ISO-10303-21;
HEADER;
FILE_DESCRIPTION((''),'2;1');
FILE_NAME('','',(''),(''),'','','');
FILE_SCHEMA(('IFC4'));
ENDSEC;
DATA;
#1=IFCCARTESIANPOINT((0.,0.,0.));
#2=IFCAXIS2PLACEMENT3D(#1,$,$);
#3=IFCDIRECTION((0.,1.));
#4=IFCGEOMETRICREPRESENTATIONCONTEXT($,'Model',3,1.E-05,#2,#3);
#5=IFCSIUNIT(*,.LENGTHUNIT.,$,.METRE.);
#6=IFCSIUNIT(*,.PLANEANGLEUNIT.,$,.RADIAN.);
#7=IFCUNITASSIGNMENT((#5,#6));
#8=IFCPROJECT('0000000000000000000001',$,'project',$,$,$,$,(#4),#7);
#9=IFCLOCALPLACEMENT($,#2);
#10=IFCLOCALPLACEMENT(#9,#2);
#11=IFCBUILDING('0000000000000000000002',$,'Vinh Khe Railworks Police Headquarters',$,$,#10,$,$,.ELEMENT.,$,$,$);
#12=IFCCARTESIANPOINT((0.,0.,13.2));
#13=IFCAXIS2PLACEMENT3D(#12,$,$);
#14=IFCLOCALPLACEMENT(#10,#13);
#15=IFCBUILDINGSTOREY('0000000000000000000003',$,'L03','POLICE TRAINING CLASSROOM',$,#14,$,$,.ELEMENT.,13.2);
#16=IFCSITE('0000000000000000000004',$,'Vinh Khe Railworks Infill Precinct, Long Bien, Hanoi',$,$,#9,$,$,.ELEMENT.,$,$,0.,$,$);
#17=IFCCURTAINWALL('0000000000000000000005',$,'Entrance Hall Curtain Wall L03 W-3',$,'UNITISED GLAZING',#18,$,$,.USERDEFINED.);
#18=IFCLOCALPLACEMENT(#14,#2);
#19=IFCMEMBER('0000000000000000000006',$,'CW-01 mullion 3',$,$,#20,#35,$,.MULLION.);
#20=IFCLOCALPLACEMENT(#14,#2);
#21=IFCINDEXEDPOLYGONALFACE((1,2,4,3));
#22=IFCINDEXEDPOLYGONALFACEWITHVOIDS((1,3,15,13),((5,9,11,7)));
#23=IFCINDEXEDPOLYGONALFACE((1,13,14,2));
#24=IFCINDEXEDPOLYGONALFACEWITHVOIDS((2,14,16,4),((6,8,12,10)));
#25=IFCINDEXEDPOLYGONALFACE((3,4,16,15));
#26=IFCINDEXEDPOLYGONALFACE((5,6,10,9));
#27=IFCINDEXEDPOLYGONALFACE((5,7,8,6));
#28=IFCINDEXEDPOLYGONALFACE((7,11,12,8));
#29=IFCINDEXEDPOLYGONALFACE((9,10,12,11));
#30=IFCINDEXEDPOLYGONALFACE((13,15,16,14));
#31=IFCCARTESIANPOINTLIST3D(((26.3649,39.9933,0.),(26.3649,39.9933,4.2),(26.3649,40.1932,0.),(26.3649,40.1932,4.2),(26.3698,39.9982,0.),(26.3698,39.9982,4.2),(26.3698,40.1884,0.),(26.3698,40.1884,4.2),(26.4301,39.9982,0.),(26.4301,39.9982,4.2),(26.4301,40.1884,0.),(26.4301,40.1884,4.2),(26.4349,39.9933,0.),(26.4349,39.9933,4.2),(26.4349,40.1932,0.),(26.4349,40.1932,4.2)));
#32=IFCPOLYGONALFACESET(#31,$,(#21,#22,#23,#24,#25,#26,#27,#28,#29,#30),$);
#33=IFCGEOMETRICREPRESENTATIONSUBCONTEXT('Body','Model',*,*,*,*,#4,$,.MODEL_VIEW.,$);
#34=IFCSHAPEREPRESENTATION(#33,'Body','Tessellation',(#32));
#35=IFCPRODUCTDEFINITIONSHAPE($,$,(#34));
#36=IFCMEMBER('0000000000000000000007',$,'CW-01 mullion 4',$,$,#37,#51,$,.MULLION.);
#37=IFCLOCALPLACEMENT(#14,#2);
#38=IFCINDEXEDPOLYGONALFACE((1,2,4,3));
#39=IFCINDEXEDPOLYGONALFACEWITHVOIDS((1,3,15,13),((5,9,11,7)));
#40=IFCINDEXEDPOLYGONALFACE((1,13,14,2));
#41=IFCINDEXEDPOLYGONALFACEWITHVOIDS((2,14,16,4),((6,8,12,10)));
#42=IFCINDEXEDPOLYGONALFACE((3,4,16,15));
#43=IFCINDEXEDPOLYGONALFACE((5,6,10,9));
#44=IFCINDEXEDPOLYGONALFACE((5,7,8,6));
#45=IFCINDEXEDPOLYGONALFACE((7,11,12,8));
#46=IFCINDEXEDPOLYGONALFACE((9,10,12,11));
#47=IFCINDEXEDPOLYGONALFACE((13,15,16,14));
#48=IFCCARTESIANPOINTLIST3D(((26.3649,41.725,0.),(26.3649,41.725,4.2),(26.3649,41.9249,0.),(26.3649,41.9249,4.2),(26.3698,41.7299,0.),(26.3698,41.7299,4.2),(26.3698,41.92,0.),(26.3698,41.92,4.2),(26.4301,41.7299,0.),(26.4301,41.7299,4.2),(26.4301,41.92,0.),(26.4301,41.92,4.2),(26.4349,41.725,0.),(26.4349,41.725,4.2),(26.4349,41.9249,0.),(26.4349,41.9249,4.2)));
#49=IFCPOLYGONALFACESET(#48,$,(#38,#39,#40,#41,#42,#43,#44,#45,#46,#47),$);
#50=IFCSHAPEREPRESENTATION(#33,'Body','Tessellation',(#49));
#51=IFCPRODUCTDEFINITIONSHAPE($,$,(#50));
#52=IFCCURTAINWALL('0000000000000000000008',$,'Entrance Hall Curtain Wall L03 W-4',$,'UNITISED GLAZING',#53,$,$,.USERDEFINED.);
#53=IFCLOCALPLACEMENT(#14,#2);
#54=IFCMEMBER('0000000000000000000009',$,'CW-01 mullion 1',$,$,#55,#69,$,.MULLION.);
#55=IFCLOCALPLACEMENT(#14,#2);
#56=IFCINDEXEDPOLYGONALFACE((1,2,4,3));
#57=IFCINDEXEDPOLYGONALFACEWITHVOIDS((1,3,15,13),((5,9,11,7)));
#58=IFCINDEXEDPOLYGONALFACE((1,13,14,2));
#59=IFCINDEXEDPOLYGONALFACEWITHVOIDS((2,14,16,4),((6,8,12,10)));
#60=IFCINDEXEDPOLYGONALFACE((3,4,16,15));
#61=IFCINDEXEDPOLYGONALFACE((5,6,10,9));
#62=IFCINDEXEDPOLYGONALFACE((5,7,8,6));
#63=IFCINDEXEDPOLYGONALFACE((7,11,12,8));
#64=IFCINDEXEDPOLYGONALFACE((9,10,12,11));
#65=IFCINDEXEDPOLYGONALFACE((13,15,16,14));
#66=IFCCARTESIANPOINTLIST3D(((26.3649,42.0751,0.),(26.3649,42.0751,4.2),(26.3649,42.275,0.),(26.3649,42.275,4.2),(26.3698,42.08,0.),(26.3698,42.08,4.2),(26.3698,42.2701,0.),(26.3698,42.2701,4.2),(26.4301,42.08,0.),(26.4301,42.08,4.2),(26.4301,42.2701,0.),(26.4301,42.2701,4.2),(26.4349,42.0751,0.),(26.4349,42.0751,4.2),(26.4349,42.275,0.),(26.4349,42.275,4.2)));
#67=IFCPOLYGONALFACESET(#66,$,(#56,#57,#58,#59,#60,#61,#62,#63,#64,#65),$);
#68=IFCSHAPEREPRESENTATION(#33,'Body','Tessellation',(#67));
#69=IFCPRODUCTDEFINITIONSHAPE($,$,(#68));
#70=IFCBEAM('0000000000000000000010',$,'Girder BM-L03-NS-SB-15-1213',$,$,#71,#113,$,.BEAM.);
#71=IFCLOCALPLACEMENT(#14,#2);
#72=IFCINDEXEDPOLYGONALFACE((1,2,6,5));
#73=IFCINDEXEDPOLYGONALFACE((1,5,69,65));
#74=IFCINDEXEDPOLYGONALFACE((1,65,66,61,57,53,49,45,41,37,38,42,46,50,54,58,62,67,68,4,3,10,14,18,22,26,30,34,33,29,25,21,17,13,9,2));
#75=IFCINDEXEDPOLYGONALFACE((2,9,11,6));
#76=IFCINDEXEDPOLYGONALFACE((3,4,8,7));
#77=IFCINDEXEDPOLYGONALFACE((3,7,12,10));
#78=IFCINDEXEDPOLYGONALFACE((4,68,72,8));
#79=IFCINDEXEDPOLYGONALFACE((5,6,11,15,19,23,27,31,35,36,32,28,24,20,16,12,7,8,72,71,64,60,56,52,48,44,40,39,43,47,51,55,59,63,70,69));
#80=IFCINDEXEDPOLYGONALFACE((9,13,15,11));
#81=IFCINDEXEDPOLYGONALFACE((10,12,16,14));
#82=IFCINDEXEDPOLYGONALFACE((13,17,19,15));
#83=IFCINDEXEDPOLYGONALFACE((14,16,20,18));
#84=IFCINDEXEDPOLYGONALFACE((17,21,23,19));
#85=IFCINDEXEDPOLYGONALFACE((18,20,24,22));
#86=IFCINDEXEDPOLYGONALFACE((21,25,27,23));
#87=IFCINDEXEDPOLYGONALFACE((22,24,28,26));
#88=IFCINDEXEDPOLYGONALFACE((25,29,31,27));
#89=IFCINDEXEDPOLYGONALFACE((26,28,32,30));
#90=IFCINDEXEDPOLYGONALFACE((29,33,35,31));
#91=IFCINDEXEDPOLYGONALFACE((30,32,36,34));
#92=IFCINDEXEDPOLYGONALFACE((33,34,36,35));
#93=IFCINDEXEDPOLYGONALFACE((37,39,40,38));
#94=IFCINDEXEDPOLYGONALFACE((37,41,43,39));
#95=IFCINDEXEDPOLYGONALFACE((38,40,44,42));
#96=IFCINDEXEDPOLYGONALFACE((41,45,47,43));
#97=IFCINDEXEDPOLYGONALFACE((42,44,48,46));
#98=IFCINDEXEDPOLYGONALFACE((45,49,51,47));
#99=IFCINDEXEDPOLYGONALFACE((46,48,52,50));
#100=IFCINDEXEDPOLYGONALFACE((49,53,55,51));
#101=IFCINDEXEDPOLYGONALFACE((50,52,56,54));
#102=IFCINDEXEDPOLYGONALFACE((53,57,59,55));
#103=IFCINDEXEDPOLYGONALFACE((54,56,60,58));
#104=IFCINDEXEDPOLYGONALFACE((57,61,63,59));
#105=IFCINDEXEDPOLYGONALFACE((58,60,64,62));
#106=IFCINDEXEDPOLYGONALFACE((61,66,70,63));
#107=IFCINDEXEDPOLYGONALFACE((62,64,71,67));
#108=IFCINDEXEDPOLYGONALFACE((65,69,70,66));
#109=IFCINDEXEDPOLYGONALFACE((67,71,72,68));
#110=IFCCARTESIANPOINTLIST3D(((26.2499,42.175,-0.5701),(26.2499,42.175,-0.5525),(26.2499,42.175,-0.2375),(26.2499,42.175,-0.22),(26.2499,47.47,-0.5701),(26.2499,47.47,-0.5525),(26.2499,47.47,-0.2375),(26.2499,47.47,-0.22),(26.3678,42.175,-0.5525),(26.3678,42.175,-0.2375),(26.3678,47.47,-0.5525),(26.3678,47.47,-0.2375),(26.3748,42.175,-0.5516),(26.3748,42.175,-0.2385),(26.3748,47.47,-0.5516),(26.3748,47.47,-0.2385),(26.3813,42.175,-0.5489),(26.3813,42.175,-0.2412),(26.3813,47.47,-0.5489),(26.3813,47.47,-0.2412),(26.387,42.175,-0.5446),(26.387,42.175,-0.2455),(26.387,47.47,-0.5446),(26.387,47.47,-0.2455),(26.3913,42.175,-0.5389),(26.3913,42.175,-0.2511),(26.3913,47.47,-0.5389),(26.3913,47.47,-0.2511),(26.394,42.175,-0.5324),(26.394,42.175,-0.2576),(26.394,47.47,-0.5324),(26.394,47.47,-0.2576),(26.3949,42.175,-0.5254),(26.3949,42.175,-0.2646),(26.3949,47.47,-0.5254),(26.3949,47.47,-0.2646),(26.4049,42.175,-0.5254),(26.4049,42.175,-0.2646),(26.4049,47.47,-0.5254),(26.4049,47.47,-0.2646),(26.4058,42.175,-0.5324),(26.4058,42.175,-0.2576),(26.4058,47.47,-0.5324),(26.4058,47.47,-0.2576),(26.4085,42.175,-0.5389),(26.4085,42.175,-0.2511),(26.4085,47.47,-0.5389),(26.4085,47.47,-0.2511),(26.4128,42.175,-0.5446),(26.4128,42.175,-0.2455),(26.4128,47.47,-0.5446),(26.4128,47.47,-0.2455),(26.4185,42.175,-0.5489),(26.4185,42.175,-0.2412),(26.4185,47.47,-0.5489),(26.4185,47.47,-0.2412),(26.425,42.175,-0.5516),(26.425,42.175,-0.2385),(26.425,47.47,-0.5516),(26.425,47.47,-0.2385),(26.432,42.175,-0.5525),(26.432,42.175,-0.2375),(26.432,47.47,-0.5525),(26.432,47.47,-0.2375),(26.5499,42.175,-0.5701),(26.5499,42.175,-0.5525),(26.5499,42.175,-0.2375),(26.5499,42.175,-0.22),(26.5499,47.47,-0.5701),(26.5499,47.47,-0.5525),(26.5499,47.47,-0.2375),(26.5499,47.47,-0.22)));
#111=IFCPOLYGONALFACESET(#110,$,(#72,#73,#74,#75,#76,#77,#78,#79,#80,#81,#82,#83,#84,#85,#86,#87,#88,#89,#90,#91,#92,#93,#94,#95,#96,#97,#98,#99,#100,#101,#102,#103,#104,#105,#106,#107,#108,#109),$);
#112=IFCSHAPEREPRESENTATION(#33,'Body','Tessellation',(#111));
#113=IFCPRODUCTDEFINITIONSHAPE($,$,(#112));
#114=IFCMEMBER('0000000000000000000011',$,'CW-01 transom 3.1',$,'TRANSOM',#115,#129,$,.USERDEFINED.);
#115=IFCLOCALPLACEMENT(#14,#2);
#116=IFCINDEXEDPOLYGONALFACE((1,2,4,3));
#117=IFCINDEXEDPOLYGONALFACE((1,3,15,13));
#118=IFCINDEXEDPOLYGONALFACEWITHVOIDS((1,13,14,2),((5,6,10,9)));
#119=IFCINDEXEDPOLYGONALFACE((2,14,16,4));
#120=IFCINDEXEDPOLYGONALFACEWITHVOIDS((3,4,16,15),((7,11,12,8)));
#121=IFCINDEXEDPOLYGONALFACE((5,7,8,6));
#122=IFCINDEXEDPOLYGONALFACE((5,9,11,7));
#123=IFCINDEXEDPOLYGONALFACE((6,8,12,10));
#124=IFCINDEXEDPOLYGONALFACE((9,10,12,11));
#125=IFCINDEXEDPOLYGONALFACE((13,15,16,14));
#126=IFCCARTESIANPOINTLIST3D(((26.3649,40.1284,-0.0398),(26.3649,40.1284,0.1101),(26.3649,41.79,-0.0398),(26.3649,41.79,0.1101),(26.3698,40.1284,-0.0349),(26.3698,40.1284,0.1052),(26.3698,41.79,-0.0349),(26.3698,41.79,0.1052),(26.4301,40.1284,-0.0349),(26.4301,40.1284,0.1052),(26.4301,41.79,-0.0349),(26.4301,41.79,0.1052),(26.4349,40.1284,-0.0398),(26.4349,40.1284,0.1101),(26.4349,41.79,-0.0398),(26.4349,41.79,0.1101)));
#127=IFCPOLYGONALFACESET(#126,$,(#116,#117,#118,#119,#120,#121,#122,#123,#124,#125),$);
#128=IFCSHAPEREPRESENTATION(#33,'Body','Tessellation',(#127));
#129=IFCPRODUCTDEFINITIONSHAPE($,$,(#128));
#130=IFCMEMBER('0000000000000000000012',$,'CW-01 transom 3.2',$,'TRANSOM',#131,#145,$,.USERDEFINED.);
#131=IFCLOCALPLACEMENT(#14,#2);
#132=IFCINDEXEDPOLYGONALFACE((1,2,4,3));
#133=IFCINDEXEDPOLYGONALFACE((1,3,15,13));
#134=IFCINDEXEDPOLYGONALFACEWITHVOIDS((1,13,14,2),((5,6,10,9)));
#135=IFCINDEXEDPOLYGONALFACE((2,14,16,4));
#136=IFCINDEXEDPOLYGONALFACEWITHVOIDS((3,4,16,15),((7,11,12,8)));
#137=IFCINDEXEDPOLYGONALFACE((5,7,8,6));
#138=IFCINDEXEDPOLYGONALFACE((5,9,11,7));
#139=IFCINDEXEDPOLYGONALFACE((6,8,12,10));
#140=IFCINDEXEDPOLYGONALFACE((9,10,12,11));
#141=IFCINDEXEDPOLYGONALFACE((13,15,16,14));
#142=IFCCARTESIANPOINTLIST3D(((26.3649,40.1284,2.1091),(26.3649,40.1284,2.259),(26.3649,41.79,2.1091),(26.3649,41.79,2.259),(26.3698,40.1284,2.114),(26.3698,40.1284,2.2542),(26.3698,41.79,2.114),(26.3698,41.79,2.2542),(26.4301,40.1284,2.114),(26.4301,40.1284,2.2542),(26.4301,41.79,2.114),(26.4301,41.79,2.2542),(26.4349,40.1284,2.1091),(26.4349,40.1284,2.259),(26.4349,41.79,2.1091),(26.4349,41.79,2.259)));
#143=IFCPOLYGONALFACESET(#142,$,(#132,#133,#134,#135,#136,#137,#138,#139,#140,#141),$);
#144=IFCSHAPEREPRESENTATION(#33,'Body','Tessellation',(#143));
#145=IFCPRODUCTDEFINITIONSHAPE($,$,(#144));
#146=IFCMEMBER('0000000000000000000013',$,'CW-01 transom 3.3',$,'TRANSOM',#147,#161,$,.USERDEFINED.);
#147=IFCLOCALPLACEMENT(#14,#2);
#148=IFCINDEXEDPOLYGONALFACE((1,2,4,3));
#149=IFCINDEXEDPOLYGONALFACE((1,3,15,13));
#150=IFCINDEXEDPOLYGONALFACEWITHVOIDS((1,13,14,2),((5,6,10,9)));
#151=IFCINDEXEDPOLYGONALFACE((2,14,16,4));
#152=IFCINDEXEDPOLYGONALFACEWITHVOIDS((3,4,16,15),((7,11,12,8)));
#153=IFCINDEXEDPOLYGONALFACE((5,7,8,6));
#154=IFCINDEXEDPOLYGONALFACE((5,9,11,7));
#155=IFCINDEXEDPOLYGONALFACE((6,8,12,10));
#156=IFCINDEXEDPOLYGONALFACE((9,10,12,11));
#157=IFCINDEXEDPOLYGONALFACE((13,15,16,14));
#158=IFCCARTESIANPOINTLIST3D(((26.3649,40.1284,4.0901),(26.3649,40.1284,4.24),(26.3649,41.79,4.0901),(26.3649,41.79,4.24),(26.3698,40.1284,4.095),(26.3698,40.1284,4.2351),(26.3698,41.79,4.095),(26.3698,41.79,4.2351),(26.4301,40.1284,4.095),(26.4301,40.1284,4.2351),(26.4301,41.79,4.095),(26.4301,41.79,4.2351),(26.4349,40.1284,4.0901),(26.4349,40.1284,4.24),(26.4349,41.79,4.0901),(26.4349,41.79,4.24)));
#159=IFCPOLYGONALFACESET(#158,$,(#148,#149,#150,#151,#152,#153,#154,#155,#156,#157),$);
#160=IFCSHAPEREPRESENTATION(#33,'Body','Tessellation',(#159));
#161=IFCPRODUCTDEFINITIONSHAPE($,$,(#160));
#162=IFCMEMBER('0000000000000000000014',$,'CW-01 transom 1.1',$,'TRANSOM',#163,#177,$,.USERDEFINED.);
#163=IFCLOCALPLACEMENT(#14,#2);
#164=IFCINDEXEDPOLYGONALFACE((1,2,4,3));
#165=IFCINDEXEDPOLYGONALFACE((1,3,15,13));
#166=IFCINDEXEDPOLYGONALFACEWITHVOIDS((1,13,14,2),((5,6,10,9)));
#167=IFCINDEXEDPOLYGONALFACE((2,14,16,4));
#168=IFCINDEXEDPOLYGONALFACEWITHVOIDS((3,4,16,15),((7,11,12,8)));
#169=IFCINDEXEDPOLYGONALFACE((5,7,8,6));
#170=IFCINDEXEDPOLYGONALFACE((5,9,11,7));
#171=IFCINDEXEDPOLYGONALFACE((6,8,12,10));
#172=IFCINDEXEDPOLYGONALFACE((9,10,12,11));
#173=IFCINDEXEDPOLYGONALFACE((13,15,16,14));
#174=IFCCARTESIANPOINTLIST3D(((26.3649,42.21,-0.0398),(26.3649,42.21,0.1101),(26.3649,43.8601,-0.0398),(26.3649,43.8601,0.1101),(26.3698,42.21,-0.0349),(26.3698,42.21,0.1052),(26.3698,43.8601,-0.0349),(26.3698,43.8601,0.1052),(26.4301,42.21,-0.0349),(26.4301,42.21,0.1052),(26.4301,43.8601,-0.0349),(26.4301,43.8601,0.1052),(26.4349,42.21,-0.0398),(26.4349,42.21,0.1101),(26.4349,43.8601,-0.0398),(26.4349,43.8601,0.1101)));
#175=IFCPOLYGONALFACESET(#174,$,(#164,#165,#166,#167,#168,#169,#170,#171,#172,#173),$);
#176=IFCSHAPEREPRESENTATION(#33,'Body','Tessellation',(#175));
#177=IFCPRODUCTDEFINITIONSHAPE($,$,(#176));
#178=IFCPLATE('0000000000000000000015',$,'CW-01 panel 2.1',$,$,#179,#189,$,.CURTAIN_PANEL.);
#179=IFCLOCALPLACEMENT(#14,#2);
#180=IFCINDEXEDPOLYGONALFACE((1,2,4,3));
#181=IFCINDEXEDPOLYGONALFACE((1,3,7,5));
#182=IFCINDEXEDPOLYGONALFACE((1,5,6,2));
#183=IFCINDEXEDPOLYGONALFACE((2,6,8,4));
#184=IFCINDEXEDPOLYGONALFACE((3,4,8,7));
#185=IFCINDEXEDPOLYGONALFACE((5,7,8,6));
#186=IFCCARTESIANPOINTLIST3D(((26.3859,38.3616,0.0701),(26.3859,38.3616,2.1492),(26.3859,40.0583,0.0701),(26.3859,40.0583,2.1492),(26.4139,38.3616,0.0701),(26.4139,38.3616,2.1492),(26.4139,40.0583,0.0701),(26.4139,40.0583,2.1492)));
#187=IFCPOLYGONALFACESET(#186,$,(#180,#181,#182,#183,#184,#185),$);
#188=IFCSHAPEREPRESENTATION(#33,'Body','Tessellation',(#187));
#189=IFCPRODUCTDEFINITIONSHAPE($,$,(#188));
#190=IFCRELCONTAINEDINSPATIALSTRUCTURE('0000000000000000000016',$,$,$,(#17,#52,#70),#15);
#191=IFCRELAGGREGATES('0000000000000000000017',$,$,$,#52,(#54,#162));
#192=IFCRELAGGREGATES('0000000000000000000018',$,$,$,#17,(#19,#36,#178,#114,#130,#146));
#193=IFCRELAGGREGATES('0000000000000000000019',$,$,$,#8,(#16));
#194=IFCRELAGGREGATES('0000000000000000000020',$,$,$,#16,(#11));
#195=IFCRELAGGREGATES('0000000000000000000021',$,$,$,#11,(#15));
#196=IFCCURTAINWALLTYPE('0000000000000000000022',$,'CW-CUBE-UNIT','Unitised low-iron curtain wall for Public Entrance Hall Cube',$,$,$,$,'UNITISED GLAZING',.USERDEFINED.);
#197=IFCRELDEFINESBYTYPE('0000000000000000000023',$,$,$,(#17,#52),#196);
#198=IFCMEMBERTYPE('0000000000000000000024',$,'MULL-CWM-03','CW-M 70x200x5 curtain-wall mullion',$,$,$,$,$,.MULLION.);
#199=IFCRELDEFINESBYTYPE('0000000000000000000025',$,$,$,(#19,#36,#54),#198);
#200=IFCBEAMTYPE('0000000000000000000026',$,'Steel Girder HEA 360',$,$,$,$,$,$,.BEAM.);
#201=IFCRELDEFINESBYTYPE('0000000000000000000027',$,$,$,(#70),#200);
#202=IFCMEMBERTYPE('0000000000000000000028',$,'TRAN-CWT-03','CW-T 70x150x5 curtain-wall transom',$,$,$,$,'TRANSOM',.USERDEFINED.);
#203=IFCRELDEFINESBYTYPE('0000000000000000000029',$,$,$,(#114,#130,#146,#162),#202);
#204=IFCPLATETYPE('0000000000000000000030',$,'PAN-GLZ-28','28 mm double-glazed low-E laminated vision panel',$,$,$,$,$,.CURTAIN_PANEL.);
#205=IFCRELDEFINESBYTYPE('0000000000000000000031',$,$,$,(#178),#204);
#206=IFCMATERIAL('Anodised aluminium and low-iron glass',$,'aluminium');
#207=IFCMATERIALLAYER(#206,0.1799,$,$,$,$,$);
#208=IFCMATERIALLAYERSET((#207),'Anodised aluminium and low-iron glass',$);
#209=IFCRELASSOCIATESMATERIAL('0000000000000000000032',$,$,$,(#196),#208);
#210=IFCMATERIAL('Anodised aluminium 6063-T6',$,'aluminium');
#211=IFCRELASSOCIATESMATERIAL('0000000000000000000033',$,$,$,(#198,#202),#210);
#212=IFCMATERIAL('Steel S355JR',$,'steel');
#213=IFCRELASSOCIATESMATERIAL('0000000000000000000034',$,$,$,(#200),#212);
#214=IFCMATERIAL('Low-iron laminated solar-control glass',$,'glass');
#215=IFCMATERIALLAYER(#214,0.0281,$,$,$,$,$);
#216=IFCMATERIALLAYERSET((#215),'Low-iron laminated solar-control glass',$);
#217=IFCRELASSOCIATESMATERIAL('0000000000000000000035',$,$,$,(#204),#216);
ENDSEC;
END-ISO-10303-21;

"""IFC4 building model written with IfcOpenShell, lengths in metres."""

from ifc_helpers import new_model, si_unit, direction, frame, origin, origin_2d, place, context, subcontext, project, spatial, rectangle, hollow_rectangle, i_section, extrude, material, layer, layer_set, material_profile, profile_set, type_object, element, aggregate, save


model = new_model("IFC4")

# Units and contexts
model_context = context("Model", 3, precision=1e-05, world=origin(), true_north=direction((0.0, 1.0)))
body_context = subcontext(model_context, "Body", "Model", "MODEL_VIEW")
ifc_project = project(units=[si_unit("LENGTHUNIT", "METRE"), si_unit("PLANEANGLEUNIT", "RADIAN")], contexts=[model_context])

# Site, building, storey
site_placement = place(None, origin())
site = spatial("IfcSite", under=ifc_project, at=site_placement, Name="Vinh Khe Railworks Infill Precinct, Long Bien, Hanoi", CompositionType="ELEMENT", RefElevation=0.0)
building_placement = place(site_placement, origin())
building = spatial("IfcBuilding", under=site, at=building_placement, Name="Vinh Khe Railworks Police Headquarters", CompositionType="ELEMENT")
storey_placement = place(building_placement, frame((0.0, 0.0, 13.2)))
storey = spatial("IfcBuildingStorey", under=building, at=storey_placement, Name="L03", Description="POLICE TRAINING CLASSROOM", CompositionType="ELEMENT", Elevation=13.2)

# Shared definitions
ifc_material_1 = material(Name="Steel S355JR", Category="steel")

# Curtain wall, members
ifc_material_2 = material(Name="Anodised aluminium and low-iron glass", Category="aluminium")
ifc_layer_1 = layer(ifc_material_2, 0.1799)
ifc_layer_set_1 = layer_set([ifc_layer_1], Name="Anodised aluminium and low-iron glass")
curtain_wall_type = type_object("IfcCurtainWallType", Name="CW-CUBE-UNIT", Description="Unitised low-iron curtain wall for Public Entrance Hall Cube", ElementType="UNITISED GLAZING", PredefinedType="USERDEFINED", material=ifc_layer_set_1)
curtain_wall_1_placement = place(storey_placement, origin())
curtain_wall_1 = element("IfcCurtainWall", 1, at=curtain_wall_1_placement, inside=storey, type_object=curtain_wall_type, Name="Entrance Hall Curtain Wall L03 W-3", ObjectType="UNITISED GLAZING", PredefinedType="USERDEFINED")
ifc_material_3 = material(Name="Anodised aluminium 6063-T6", Category="aluminium")
ifc_material_profile_1 = material_profile(ifc_material_3, hollow_rectangle(XDim=0.0701, YDim=0.2, WallThickness=0.0049, at=origin_2d()), Name="CW-M 70x200x5")
ifc_profile_set_1 = profile_set([ifc_material_profile_1], Name="Anodised aluminium 6063-T6")
member_type_1 = type_object("IfcMemberType", Name="MULL-CWM-03", Description="CW-M 70x200x5 curtain-wall mullion", PredefinedType="MULLION", material=ifc_profile_set_1)
member_1_placement = place(storey_placement, frame((26.3999, 40.0933, 0.0), z_axis=(0.0, 0.0, 1.0), x_axis=(-1.0, 0.0, 0.0)))
member_1 = element("IfcMember", 2, at=member_1_placement, type_object=member_type_1, Name="CW-01 mullion 3", PredefinedType="MULLION", context=body_context, shape_type="SweptSolid", body=[
    extrude(hollow_rectangle(XDim=0.0701, YDim=0.2, WallThickness=0.0049, at=origin_2d()), origin(), (0.0, 0.0, 1.0), 4.2),
])
member_2_placement = place(storey_placement, frame((26.3999, 41.825, 0.0), z_axis=(0.0, 0.0, 1.0), x_axis=(-1.0, 0.0, 0.0)))
member_2 = element("IfcMember", 3, at=member_2_placement, type_object=member_type_1, Name="CW-01 mullion 4", PredefinedType="MULLION", context=body_context, shape_type="SweptSolid", body=[
    extrude(hollow_rectangle(XDim=0.0701, YDim=0.2, WallThickness=0.0049, at=origin_2d()), origin(), (0.0, 0.0, 1.0), 4.2),
])

# Curtain wall, member
curtain_wall_2_placement = place(storey_placement, origin())
curtain_wall_2 = element("IfcCurtainWall", 4, at=curtain_wall_2_placement, inside=storey, type_object=curtain_wall_type, Name="Entrance Hall Curtain Wall L03 W-4", ObjectType="UNITISED GLAZING", PredefinedType="USERDEFINED")
member_3_placement = place(storey_placement, frame((26.3999, 42.175, 0.0), z_axis=(0.0, 0.0, 1.0), x_axis=(-1.0, 0.0, 0.0)))
member_3 = element("IfcMember", 5, at=member_3_placement, type_object=member_type_1, Name="CW-01 mullion 1", PredefinedType="MULLION", context=body_context, shape_type="SweptSolid", body=[
    extrude(hollow_rectangle(XDim=0.0701, YDim=0.2, WallThickness=0.0049, at=origin_2d()), origin(), (0.0, 0.0, 1.0), 4.2),
])

# Beam
ifc_material_profile_2 = material_profile(ifc_material_1, i_section(OverallWidth=0.3, OverallDepth=0.3501, WebThickness=0.01, FlangeThickness=0.0176, FilletRadius=0.0271, at=origin_2d()), Name="HEA 360")
ifc_profile_set_2 = profile_set([ifc_material_profile_2], Name="Steel S355JR")
beam_type = type_object("IfcBeamType", Name="Steel Girder HEA 360", PredefinedType="BEAM", material=ifc_profile_set_2)
beam_placement = place(storey_placement, frame((26.3999, 42.175, -0.395), z_axis=(0.0, 1.0, 0.0), x_axis=(-1.0, 0.0, 0.0)))
element("IfcBeam", 6, at=beam_placement, inside=storey, type_object=beam_type, Name="Girder BM-L03-NS-SB-15-1213", PredefinedType="BEAM", context=body_context, shape_type="SweptSolid", body=[
    extrude(i_section(OverallWidth=0.3, OverallDepth=0.3501, WebThickness=0.01, FlangeThickness=0.0176, FilletRadius=0.0271, at=origin_2d()), origin(), (0.0, 0.0, 1.0), 5.2949),
])

# Members
ifc_material_profile_3 = material_profile(ifc_material_3, hollow_rectangle(XDim=0.0701, YDim=0.1499, WallThickness=0.0049, at=origin_2d()), Name="CW-T 70x150x5")
ifc_profile_set_3 = profile_set([ifc_material_profile_3], Name="Anodised aluminium 6063-T6")
member_type_2 = type_object("IfcMemberType", Name="TRAN-CWT-03", Description="CW-T 70x150x5 curtain-wall transom", ElementType="TRANSOM", PredefinedType="USERDEFINED", material=ifc_profile_set_3)
member_4_placement = place(storey_placement, frame((26.3999, 40.1284, 0.0352), z_axis=(0.0, 1.0, 0.0), x_axis=(-1.0, 0.0, 0.0)))
member_4 = element("IfcMember", 7, at=member_4_placement, type_object=member_type_2, Name="CW-01 transom 3.1", ObjectType="TRANSOM", PredefinedType="USERDEFINED", context=body_context, shape_type="SweptSolid", body=[
    extrude(hollow_rectangle(XDim=0.0701, YDim=0.1499, WallThickness=0.0049, at=origin_2d()), origin(), (0.0, 0.0, 1.0), 1.6616),
])
member_5_placement = place(storey_placement, frame((26.3999, 40.1284, 2.1841), z_axis=(0.0, 1.0, 0.0), x_axis=(-1.0, 0.0, 0.0)))
member_5 = element("IfcMember", 8, at=member_5_placement, type_object=member_type_2, Name="CW-01 transom 3.2", ObjectType="TRANSOM", PredefinedType="USERDEFINED", context=body_context, shape_type="SweptSolid", body=[
    extrude(hollow_rectangle(XDim=0.0701, YDim=0.1499, WallThickness=0.0049, at=origin_2d()), origin(), (0.0, 0.0, 1.0), 1.6616),
])
member_6_placement = place(storey_placement, frame((26.3999, 40.1284, 4.165), z_axis=(0.0, 1.0, 0.0), x_axis=(-1.0, 0.0, 0.0)))
member_6 = element("IfcMember", 9, at=member_6_placement, type_object=member_type_2, Name="CW-01 transom 3.3", ObjectType="TRANSOM", PredefinedType="USERDEFINED", context=body_context, shape_type="SweptSolid", body=[
    extrude(hollow_rectangle(XDim=0.0701, YDim=0.1499, WallThickness=0.0049, at=origin_2d()), origin(), (0.0, 0.0, 1.0), 1.6616),
])
member_7_placement = place(storey_placement, frame((26.3999, 42.21, 0.0352), z_axis=(0.0, 1.0, 0.0), x_axis=(-1.0, 0.0, 0.0)))
member_7 = element("IfcMember", 10, at=member_7_placement, type_object=member_type_2, Name="CW-01 transom 1.1", ObjectType="TRANSOM", PredefinedType="USERDEFINED", context=body_context, shape_type="SweptSolid", body=[
    extrude(hollow_rectangle(XDim=0.0701, YDim=0.1499, WallThickness=0.0049, at=origin_2d()), origin(), (0.0, 0.0, 1.0), 1.6501),
])
aggregate(curtain_wall_2, [member_3, member_7])

# Plate
ifc_material_4 = material(Name="Low-iron laminated solar-control glass", Category="glass")
ifc_layer_2 = layer(ifc_material_4, 0.0281)
ifc_layer_set_2 = layer_set([ifc_layer_2], Name="Low-iron laminated solar-control glass")
plate_type = type_object("IfcPlateType", Name="PAN-GLZ-28", Description="28 mm double-glazed low-E laminated vision panel", PredefinedType="CURTAIN_PANEL", material=ifc_layer_set_2)
plate_1_placement = place(storey_placement, frame((26.3999, 39.21, 0.0701), z_axis=(0.0, 0.0, 1.0), x_axis=(0.0, 1.0, 0.0)))
plate_1 = element("IfcPlate", 11, at=plate_1_placement, type_object=plate_type, Name="CW-01 panel 2.1", PredefinedType="CURTAIN_PANEL", context=body_context, shape_type="SweptSolid", body=[
    extrude(rectangle(XDim=1.6968, YDim=0.0281, at=origin_2d()), origin(), (0.0, 0.0, 1.0), 2.0791),
])
aggregate(curtain_wall_1, [member_1, member_2, plate_1, member_4, member_5, member_6])

save(model, "model.ifc")
